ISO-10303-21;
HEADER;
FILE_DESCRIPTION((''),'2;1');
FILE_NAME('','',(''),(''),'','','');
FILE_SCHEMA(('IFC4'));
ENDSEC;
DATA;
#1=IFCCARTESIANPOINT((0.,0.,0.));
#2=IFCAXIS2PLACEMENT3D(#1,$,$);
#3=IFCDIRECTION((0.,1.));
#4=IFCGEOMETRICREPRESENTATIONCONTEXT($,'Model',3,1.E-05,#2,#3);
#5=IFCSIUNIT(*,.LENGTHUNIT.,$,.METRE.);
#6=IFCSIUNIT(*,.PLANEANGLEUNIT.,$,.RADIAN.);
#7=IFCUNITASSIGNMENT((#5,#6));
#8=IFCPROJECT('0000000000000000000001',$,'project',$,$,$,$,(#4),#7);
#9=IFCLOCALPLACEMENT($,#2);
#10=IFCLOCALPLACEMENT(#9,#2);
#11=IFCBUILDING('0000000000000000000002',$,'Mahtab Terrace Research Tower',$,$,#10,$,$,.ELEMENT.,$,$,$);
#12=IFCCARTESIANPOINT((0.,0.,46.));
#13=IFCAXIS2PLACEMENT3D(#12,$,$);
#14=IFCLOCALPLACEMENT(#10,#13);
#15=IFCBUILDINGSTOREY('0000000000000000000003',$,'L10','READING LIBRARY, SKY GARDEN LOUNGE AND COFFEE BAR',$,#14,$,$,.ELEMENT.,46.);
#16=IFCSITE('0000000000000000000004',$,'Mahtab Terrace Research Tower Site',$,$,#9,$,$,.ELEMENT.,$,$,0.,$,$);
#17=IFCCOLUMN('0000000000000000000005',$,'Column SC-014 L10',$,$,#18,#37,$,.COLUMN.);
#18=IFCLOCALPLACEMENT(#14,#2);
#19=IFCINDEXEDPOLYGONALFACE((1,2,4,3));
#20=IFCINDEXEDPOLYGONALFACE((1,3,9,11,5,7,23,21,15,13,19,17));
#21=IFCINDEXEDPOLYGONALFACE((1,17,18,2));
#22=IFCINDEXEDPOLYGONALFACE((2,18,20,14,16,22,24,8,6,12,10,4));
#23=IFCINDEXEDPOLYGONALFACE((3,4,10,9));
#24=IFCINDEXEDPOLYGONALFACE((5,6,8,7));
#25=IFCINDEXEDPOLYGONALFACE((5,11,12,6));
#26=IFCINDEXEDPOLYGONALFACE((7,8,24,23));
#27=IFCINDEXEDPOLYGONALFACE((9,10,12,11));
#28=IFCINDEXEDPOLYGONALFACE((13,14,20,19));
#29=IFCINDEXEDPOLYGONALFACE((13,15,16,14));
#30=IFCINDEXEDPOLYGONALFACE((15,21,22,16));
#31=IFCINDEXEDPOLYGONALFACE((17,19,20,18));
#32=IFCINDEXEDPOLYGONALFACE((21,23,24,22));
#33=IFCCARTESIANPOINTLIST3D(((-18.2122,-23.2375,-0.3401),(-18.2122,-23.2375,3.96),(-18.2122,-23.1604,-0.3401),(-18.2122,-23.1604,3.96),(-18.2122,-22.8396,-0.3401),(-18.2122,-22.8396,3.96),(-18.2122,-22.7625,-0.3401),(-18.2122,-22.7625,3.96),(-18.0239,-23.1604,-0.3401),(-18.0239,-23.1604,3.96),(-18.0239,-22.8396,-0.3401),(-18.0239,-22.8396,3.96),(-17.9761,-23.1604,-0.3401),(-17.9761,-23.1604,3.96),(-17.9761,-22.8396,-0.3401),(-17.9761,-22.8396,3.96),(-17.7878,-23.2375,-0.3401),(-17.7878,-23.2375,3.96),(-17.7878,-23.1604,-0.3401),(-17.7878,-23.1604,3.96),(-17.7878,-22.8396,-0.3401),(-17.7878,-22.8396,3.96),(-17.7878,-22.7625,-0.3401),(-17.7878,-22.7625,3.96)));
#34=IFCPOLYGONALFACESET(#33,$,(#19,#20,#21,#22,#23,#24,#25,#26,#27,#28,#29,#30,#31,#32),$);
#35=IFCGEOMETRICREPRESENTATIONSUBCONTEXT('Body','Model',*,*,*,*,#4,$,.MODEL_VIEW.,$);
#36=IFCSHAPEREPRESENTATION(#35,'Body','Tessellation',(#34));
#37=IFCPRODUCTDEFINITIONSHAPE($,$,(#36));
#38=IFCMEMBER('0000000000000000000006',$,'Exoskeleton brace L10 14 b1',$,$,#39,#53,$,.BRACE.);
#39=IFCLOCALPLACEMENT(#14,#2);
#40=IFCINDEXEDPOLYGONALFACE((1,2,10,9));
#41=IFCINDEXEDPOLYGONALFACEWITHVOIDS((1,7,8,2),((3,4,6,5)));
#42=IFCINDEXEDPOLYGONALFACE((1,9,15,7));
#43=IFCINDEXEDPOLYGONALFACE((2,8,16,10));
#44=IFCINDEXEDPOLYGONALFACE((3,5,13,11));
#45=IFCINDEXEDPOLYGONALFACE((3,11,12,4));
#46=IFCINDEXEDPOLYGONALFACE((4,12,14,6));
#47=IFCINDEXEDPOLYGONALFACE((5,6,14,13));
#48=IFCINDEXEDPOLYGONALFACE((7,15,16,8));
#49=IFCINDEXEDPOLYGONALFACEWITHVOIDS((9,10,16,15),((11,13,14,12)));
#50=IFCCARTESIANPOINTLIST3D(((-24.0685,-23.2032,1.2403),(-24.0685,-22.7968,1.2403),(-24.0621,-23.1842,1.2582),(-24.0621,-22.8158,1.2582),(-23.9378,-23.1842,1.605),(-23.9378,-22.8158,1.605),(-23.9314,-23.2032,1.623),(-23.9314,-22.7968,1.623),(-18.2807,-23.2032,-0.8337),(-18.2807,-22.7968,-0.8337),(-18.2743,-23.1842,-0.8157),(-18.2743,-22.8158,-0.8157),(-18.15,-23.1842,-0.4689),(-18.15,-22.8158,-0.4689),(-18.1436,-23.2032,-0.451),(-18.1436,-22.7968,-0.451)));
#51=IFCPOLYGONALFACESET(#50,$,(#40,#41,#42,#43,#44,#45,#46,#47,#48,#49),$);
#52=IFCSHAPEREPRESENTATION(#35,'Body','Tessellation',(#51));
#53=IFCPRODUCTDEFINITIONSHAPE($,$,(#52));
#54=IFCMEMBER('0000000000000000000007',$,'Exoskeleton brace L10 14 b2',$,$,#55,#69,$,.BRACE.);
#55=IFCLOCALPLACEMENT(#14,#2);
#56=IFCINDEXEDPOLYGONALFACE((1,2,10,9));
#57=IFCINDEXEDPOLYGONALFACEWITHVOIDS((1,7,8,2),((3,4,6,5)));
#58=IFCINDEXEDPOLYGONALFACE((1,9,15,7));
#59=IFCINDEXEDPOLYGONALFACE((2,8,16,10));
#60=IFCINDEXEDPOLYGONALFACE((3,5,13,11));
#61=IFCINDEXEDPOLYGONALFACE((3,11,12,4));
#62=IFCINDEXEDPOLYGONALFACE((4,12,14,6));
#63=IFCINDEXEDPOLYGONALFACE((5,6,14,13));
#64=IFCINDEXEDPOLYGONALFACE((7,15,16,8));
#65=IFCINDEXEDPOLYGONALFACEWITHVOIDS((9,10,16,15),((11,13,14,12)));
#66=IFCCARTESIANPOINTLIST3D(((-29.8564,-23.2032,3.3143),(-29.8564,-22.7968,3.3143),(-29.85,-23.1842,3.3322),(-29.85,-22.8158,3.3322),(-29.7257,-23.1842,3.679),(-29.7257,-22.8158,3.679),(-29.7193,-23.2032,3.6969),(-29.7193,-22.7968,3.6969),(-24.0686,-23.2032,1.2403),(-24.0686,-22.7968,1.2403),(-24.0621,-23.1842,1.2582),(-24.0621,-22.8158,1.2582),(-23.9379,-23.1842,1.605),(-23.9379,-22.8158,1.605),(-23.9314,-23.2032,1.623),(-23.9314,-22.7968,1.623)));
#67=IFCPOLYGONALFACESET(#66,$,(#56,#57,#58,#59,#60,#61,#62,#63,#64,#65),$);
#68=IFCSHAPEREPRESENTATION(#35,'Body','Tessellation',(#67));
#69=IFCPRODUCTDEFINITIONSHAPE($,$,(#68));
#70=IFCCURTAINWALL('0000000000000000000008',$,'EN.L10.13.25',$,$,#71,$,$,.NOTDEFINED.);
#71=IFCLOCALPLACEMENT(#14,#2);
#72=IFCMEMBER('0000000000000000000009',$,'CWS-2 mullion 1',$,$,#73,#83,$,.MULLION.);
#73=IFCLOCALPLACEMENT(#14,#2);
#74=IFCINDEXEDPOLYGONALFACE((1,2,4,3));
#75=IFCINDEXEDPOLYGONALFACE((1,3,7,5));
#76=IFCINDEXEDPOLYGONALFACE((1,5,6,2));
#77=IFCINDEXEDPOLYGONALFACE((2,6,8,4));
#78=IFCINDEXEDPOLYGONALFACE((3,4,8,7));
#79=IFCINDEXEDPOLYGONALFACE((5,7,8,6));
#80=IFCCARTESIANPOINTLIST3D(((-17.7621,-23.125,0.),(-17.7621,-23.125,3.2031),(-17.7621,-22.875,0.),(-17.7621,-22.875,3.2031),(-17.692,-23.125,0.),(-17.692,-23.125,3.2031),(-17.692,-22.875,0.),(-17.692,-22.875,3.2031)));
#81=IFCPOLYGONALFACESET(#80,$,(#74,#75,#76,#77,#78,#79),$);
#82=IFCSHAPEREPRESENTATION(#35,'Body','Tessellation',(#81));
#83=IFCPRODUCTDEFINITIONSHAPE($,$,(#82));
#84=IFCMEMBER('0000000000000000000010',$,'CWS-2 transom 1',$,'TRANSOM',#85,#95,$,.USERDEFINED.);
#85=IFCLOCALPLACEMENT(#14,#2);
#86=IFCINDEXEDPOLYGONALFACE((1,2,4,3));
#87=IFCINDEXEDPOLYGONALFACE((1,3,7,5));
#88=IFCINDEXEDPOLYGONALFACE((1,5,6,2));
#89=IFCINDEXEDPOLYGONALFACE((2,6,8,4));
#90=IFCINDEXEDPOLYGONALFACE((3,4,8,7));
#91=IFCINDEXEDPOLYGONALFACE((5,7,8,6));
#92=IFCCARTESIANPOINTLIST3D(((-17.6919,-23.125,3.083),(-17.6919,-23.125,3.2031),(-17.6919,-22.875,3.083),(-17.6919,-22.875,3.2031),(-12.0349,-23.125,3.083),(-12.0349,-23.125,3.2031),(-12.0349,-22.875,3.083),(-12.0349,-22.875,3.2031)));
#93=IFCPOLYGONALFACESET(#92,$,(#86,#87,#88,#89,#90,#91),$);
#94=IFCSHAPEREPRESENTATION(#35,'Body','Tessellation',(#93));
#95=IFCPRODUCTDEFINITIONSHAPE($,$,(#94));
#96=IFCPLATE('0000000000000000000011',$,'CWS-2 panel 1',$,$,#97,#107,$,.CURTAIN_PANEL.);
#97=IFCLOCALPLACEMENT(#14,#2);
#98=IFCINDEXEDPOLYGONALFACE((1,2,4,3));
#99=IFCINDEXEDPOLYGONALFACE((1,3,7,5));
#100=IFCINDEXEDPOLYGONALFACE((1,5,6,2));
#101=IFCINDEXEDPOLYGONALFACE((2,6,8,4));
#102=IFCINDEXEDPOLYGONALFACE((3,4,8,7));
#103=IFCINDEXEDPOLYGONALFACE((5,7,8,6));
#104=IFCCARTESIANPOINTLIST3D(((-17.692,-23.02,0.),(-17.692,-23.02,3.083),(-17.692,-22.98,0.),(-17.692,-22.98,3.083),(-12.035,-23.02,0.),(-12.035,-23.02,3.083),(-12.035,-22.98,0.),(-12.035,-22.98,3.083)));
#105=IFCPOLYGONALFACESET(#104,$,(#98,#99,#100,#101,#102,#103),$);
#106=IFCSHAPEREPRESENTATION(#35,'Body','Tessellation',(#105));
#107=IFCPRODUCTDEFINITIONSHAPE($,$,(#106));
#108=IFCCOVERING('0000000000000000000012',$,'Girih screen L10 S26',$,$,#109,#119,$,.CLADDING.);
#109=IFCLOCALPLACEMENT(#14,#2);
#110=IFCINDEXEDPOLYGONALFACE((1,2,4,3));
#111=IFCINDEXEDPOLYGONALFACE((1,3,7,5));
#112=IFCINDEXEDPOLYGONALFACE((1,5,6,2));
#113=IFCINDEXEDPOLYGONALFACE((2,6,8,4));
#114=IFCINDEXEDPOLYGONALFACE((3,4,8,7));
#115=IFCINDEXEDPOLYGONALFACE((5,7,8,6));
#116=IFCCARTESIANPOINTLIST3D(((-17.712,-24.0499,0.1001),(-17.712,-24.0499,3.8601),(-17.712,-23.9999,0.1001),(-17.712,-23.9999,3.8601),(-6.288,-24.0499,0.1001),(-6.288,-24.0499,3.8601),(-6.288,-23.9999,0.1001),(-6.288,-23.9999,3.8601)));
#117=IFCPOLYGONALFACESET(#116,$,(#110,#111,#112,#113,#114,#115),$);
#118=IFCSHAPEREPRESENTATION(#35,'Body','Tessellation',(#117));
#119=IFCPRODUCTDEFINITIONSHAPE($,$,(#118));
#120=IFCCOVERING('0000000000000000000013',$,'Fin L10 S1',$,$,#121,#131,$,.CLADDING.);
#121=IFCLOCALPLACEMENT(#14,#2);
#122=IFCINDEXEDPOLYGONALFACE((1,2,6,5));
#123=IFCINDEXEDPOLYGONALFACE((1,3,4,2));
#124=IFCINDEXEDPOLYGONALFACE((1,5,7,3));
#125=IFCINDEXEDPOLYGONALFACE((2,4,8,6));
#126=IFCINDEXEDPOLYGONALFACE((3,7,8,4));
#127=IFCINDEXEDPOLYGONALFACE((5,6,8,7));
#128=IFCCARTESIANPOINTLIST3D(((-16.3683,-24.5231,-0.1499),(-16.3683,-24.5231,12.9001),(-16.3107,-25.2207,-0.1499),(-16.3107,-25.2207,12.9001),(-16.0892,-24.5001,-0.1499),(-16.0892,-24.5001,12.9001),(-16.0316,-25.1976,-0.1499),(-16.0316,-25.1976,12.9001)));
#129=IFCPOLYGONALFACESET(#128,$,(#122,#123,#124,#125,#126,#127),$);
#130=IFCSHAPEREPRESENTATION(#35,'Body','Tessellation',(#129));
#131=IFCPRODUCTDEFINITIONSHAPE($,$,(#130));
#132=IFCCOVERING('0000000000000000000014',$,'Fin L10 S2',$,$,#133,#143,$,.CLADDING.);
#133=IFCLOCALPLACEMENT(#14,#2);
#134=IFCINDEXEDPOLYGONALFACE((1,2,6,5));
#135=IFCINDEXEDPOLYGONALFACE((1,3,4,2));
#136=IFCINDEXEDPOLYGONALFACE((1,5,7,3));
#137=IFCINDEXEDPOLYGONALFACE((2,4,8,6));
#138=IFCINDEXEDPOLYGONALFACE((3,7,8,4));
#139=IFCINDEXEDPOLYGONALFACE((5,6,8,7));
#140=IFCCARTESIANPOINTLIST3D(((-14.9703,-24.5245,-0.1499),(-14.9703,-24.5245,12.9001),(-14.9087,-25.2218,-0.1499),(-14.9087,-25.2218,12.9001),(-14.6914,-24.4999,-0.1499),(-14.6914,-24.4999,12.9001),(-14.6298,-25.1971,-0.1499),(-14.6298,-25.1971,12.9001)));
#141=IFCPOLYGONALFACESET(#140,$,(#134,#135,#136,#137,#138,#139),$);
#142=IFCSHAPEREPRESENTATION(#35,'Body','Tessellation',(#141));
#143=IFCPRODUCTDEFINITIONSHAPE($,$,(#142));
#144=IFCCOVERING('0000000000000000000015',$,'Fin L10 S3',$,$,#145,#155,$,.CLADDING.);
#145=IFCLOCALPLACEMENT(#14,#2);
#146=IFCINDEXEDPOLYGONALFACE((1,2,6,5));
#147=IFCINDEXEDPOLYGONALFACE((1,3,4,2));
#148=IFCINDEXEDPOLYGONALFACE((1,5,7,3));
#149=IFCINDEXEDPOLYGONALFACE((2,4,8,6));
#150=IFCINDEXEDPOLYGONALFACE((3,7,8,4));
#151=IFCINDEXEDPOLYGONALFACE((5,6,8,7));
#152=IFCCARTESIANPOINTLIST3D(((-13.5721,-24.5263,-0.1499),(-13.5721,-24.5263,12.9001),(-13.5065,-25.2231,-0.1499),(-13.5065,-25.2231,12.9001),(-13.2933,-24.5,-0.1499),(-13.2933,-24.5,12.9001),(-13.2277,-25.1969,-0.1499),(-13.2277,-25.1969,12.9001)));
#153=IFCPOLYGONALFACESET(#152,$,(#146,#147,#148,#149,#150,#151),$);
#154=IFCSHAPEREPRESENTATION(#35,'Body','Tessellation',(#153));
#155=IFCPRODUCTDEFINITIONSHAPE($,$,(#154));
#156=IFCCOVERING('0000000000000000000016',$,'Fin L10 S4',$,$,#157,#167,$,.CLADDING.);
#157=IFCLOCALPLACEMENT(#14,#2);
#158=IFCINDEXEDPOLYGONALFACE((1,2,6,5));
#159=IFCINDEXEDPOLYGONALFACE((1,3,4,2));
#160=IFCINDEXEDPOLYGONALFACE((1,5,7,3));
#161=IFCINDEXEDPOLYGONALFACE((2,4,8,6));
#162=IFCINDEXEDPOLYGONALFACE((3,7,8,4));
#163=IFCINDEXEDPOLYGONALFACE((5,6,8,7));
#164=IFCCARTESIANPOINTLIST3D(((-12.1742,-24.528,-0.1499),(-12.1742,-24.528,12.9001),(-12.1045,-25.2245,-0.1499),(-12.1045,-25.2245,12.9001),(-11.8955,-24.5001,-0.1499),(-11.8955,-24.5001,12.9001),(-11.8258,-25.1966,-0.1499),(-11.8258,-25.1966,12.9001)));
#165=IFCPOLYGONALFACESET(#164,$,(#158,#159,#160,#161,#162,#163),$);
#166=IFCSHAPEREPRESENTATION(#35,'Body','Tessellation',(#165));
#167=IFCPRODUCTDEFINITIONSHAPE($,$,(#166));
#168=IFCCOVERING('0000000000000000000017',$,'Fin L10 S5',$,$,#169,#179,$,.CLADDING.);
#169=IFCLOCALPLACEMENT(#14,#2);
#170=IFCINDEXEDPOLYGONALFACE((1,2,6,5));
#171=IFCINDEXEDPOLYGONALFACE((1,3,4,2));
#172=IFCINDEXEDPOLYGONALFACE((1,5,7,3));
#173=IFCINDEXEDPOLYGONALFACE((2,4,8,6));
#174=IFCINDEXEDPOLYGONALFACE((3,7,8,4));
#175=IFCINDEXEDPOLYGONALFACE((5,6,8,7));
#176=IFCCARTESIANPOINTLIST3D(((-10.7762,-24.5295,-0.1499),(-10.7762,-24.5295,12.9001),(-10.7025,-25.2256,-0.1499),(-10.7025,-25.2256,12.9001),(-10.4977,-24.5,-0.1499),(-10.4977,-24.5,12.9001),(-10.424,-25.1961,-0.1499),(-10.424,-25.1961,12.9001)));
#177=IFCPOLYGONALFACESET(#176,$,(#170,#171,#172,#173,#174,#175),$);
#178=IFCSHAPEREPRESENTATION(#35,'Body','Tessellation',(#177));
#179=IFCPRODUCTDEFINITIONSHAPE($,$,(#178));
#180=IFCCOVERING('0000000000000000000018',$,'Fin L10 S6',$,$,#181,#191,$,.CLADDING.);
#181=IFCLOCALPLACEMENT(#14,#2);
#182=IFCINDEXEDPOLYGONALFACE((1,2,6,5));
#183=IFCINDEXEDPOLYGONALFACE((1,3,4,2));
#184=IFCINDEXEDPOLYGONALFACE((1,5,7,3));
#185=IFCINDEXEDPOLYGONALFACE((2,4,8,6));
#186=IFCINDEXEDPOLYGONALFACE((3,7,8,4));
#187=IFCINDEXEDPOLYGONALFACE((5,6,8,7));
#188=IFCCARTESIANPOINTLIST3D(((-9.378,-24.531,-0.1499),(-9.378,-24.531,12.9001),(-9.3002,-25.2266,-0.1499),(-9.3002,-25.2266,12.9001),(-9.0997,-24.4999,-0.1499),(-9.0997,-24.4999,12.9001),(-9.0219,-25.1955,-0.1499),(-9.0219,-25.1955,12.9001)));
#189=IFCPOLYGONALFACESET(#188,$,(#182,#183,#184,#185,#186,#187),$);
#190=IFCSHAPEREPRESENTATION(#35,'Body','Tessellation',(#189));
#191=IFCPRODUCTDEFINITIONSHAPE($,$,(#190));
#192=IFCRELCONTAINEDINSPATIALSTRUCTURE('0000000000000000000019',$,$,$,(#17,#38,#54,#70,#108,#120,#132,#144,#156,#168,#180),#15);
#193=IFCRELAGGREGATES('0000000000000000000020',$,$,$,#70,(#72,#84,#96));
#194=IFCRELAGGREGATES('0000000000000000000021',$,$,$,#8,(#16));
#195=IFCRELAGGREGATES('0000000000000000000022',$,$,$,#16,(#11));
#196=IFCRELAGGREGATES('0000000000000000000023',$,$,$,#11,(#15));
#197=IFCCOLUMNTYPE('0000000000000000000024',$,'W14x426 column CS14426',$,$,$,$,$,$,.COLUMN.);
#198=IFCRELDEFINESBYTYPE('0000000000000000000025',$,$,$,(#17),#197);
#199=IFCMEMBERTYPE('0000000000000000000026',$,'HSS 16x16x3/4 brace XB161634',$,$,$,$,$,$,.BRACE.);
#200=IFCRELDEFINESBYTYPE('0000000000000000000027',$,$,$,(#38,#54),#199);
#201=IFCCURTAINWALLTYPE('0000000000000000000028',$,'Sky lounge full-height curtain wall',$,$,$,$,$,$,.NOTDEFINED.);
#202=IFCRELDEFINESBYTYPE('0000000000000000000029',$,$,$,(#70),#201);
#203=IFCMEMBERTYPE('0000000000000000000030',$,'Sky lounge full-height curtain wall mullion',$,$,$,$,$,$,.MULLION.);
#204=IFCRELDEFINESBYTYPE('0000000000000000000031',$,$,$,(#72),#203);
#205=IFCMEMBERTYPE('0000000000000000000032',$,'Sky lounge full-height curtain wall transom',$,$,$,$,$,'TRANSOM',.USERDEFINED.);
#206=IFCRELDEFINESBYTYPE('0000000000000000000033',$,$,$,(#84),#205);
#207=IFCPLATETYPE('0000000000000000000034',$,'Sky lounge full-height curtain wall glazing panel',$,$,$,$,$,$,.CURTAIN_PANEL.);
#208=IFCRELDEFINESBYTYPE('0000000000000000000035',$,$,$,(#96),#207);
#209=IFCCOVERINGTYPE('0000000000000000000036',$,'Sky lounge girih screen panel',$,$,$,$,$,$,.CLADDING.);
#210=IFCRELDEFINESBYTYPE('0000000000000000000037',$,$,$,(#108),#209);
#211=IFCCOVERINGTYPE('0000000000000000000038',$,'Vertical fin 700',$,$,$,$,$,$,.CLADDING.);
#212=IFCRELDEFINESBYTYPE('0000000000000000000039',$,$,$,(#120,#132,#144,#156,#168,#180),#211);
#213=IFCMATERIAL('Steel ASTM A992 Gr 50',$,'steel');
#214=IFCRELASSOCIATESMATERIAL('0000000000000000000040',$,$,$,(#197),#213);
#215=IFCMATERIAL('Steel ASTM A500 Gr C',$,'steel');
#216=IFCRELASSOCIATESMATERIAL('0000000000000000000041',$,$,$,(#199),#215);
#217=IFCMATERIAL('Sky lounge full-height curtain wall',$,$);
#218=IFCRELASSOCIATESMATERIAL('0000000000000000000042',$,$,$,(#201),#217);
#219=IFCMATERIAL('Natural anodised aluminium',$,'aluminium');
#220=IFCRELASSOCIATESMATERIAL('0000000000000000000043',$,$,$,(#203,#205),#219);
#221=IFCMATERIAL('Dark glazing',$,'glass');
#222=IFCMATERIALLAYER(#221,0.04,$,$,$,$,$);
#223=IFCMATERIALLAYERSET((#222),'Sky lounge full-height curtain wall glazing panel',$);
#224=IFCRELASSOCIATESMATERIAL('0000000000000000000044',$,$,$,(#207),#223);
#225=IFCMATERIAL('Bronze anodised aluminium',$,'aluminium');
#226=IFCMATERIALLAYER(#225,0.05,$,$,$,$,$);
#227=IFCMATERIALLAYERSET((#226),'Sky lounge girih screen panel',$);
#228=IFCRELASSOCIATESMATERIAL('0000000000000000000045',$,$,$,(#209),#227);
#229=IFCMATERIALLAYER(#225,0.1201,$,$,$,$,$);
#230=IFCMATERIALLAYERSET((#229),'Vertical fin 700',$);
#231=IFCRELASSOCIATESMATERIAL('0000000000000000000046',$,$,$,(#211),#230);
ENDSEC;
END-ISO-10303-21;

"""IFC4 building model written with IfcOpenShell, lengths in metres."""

from ifc_helpers import new_model, si_unit, direction, frame, origin, origin_2d, place, context, subcontext, project, spatial, rectangle, hollow_rectangle, i_section, extrude, material, layer, layer_set, material_profile, profile_set, type_object, element, aggregate, save


model = new_model("IFC4")

# Units and contexts
model_context = context("Model", 3, precision=1e-05, world=origin(), true_north=direction((0.0, 1.0)))
body_context = subcontext(model_context, "Body", "Model", "MODEL_VIEW")
ifc_project = project(units=[si_unit("LENGTHUNIT", "METRE"), si_unit("PLANEANGLEUNIT", "RADIAN")], contexts=[model_context])

# Site, building, storey
site_placement = place(None, origin())
site = spatial("IfcSite", under=ifc_project, at=site_placement, Name="Mahtab Terrace Research Tower Site", CompositionType="ELEMENT", RefElevation=0.0)
building_placement = place(site_placement, origin())
building = spatial("IfcBuilding", under=site, at=building_placement, Name="Mahtab Terrace Research Tower", CompositionType="ELEMENT")
storey_placement = place(building_placement, frame((0.0, 0.0, 46.0)))
storey = spatial("IfcBuildingStorey", under=building, at=storey_placement, Name="L10", Description="READING LIBRARY, SKY GARDEN LOUNGE AND COFFEE BAR", CompositionType="ELEMENT", Elevation=46.0)

# Column
ifc_material_1 = material(Name="Steel ASTM A992 Gr 50", Category="steel")
ifc_material_profile_1 = material_profile(ifc_material_1, i_section(OverallWidth=0.4243, OverallDepth=0.4751, WebThickness=0.0479, FlangeThickness=0.0771, at=origin_2d()), Name="W14X426")
ifc_profile_set_1 = profile_set([ifc_material_profile_1], Name="Steel ASTM A992 Gr 50")
column_type = type_object("IfcColumnType", Name="W14x426 column CS14426", PredefinedType="COLUMN", material=ifc_profile_set_1)
column_placement = place(storey_placement, frame((-18.0, -23.0, -0.3401), z_axis=(0.0, 0.0, 1.0), x_axis=(1.0, 0.0, 0.0)))
element("IfcColumn", 1, at=column_placement, inside=storey, type_object=column_type, Name="Column SC-014 L10", PredefinedType="COLUMN", context=body_context, shape_type="SweptSolid", body=[
    extrude(i_section(OverallWidth=0.4243, OverallDepth=0.4751, WebThickness=0.0479, FlangeThickness=0.0771, at=origin_2d()), origin(), (0.0, 0.0, 1.0), 4.3),
])

# Members
ifc_material_2 = material(Name="Steel ASTM A500 Gr C", Category="steel")
ifc_material_profile_2 = material_profile(ifc_material_2, hollow_rectangle(XDim=0.4065, YDim=0.4065, WallThickness=0.019, at=origin_2d()), Name="HSS16X16X3/4")
ifc_profile_set_2 = profile_set([ifc_material_profile_2], Name="Steel ASTM A500 Gr C")
member_type_1 = type_object("IfcMemberType", Name="HSS 16x16x3/4 brace XB161634", PredefinedType="BRACE", material=ifc_profile_set_2)
for number, where, z_axis, x_axis, name in (
    (2, (-18.2122, -23.0, -0.6423), (-0.941387, 0.0, 0.33733), (0.0, -1.0, 0.0), "Exoskeleton brace L10 14 b1"),
    (3, (-24.0, -23.0, 1.4316), (-0.941387, 0.0, 0.33733), (0.0, -1.0, 0.0), "Exoskeleton brace L10 14 b2"),
):
    element("IfcMember", number, at=place(storey_placement, frame(where, z_axis=z_axis, x_axis=x_axis)), inside=storey, type_object=member_type_1, Name=name, PredefinedType="BRACE", context=body_context, shape_type="SweptSolid", body=[
        extrude(hollow_rectangle(XDim=0.4065, YDim=0.4065, WallThickness=0.019, at=origin_2d()), origin(), (0.0, 0.0, 1.0), 6.1482),
    ])

# Curtain wall, members, plate
ifc_material_3 = material(Name="Sky lounge full-height curtain wall")
curtain_wall_type = type_object("IfcCurtainWallType", Name="Sky lounge full-height curtain wall", PredefinedType="NOTDEFINED", material=ifc_material_3)
curtain_wall_placement = place(storey_placement, origin())
curtain_wall = element("IfcCurtainWall", 4, at=curtain_wall_placement, inside=storey, type_object=curtain_wall_type, Name="EN.L10.13.25", PredefinedType="NOTDEFINED")
ifc_material_4 = material(Name="Natural anodised aluminium", Category="aluminium")
ifc_material_profile_3 = material_profile(ifc_material_4, rectangle(XDim=0.25, YDim=0.0701, at=origin_2d()), Name="MULLION 70x250")
ifc_profile_set_3 = profile_set([ifc_material_profile_3], Name="Natural anodised aluminium")
member_type_2 = type_object("IfcMemberType", Name="Sky lounge full-height curtain wall mullion", PredefinedType="MULLION", material=ifc_profile_set_3)
member_1_placement = place(storey_placement, frame((-17.7271, -23.0, 0.0), z_axis=(0.0, 0.0, 1.0), x_axis=(0.0, 1.0, 0.0)))
member_1 = element("IfcMember", 5, at=member_1_placement, type_object=member_type_2, Name="CWS-2 mullion 1", PredefinedType="MULLION", context=body_context, shape_type="SweptSolid", body=[
    extrude(rectangle(XDim=0.25, YDim=0.0701, at=origin_2d()), origin(), (0.0, 0.0, 1.0), 3.2031),
])
ifc_material_profile_4 = material_profile(ifc_material_4, rectangle(XDim=0.25, YDim=0.1201, at=origin_2d()), Name="TRANSOM 120x250")
ifc_profile_set_4 = profile_set([ifc_material_profile_4], Name="Natural anodised aluminium")
member_type_3 = type_object("IfcMemberType", Name="Sky lounge full-height curtain wall transom", ElementType="TRANSOM", PredefinedType="USERDEFINED", material=ifc_profile_set_4)
member_2_placement = place(storey_placement, frame((-17.6919, -23.0, 3.1431), z_axis=(1.0, 0.0, 0.0), x_axis=(0.0, 1.0, 0.0)))
member_2 = element("IfcMember", 6, at=member_2_placement, type_object=member_type_3, Name="CWS-2 transom 1", ObjectType="TRANSOM", PredefinedType="USERDEFINED", context=body_context, shape_type="SweptSolid", body=[
    extrude(rectangle(XDim=0.25, YDim=0.1201, at=origin_2d()), origin(), (0.0, 0.0, 1.0), 5.657),
])
ifc_material_5 = material(Name="Dark glazing", Category="glass")
ifc_layer_1 = layer(ifc_material_5, 0.04)
ifc_layer_set_1 = layer_set([ifc_layer_1], Name="Sky lounge full-height curtain wall glazing panel")
plate_type = type_object("IfcPlateType", Name="Sky lounge full-height curtain wall glazing panel", PredefinedType="CURTAIN_PANEL", material=ifc_layer_set_1)
plate_placement = place(storey_placement, frame((-14.8635, -23.0, 0.0), z_axis=(0.0, 0.0, 1.0), x_axis=(1.0, 0.0, 0.0)))
plate = element("IfcPlate", 7, at=plate_placement, type_object=plate_type, Name="CWS-2 panel 1", PredefinedType="CURTAIN_PANEL", context=body_context, shape_type="SweptSolid", body=[
    extrude(rectangle(XDim=5.657, YDim=0.04, at=origin_2d()), origin(), (0.0, 0.0, 1.0), 3.083),
])
aggregate(curtain_wall, [member_1, member_2, plate])

# Coverings
ifc_material_6 = material(Name="Bronze anodised aluminium", Category="aluminium")
ifc_layer_2 = layer(ifc_material_6, 0.05)
ifc_layer_set_2 = layer_set([ifc_layer_2], Name="Sky lounge girih screen panel")
covering_type_1 = type_object("IfcCoveringType", Name="Sky lounge girih screen panel", PredefinedType="CLADDING", material=ifc_layer_set_2)
covering_placement = place(storey_placement, frame((-12.0, -24.0249, 0.1001), z_axis=(0.0, 0.0, 1.0), x_axis=(1.0, 0.0, 0.0)))
element("IfcCovering", 8, at=covering_placement, inside=storey, type_object=covering_type_1, Name="Girih screen L10 S26", PredefinedType="CLADDING", context=body_context, shape_type="SweptSolid", body=[
    extrude(rectangle(XDim=11.4241, YDim=0.05, at=origin_2d()), origin(), (0.0, 0.0, 1.0), 3.76),
])
ifc_layer_3 = layer(ifc_material_6, 0.1201)
ifc_layer_set_3 = layer_set([ifc_layer_3], Name="Vertical fin 700")
covering_type_2 = type_object("IfcCoveringType", Name="Vertical fin 700", PredefinedType="CLADDING", material=ifc_layer_set_3)
for number, where, z_axis, x_axis, name in (
    (9, (-16.2, -24.8604, -0.1499), (0.0, 0.0, 1.0), (0.996617, 0.082187, 0.0), "Fin L10 S1"),
    (10, (-14.8, -24.8608, -0.1499), (0.0, 0.0, 1.0), (0.996122, 0.087984, 0.0), "Fin L10 S2"),
    (11, (-13.3999, -24.8616, -0.1499), (0.0, 0.0, 1.0), (0.995593, 0.093777, 0.0), "Fin L10 S3"),
    (12, (-12.0, -24.8623, -0.1499), (0.0, 0.0, 1.0), (0.995031, 0.099568, 0.0), "Fin L10 S4"),
    (13, (-10.6001, -24.8628, -0.1499), (0.0, 0.0, 1.0), (0.994435, 0.105355, 0.0), "Fin L10 S5"),
    (14, (-9.2, -24.8633, -0.1499), (0.0, 0.0, 1.0), (0.993805, 0.111139, 0.0), "Fin L10 S6"),
):
    element("IfcCovering", number, at=place(storey_placement, frame(where, z_axis=z_axis, x_axis=x_axis)), inside=storey, type_object=covering_type_2, Name=name, PredefinedType="CLADDING", context=body_context, shape_type="SweptSolid", body=[
        extrude(rectangle(XDim=0.28, YDim=0.7, at=origin_2d()), origin(), (0.0, 0.0, 1.0), 13.05),
    ])

save(model, "model.ifc")
